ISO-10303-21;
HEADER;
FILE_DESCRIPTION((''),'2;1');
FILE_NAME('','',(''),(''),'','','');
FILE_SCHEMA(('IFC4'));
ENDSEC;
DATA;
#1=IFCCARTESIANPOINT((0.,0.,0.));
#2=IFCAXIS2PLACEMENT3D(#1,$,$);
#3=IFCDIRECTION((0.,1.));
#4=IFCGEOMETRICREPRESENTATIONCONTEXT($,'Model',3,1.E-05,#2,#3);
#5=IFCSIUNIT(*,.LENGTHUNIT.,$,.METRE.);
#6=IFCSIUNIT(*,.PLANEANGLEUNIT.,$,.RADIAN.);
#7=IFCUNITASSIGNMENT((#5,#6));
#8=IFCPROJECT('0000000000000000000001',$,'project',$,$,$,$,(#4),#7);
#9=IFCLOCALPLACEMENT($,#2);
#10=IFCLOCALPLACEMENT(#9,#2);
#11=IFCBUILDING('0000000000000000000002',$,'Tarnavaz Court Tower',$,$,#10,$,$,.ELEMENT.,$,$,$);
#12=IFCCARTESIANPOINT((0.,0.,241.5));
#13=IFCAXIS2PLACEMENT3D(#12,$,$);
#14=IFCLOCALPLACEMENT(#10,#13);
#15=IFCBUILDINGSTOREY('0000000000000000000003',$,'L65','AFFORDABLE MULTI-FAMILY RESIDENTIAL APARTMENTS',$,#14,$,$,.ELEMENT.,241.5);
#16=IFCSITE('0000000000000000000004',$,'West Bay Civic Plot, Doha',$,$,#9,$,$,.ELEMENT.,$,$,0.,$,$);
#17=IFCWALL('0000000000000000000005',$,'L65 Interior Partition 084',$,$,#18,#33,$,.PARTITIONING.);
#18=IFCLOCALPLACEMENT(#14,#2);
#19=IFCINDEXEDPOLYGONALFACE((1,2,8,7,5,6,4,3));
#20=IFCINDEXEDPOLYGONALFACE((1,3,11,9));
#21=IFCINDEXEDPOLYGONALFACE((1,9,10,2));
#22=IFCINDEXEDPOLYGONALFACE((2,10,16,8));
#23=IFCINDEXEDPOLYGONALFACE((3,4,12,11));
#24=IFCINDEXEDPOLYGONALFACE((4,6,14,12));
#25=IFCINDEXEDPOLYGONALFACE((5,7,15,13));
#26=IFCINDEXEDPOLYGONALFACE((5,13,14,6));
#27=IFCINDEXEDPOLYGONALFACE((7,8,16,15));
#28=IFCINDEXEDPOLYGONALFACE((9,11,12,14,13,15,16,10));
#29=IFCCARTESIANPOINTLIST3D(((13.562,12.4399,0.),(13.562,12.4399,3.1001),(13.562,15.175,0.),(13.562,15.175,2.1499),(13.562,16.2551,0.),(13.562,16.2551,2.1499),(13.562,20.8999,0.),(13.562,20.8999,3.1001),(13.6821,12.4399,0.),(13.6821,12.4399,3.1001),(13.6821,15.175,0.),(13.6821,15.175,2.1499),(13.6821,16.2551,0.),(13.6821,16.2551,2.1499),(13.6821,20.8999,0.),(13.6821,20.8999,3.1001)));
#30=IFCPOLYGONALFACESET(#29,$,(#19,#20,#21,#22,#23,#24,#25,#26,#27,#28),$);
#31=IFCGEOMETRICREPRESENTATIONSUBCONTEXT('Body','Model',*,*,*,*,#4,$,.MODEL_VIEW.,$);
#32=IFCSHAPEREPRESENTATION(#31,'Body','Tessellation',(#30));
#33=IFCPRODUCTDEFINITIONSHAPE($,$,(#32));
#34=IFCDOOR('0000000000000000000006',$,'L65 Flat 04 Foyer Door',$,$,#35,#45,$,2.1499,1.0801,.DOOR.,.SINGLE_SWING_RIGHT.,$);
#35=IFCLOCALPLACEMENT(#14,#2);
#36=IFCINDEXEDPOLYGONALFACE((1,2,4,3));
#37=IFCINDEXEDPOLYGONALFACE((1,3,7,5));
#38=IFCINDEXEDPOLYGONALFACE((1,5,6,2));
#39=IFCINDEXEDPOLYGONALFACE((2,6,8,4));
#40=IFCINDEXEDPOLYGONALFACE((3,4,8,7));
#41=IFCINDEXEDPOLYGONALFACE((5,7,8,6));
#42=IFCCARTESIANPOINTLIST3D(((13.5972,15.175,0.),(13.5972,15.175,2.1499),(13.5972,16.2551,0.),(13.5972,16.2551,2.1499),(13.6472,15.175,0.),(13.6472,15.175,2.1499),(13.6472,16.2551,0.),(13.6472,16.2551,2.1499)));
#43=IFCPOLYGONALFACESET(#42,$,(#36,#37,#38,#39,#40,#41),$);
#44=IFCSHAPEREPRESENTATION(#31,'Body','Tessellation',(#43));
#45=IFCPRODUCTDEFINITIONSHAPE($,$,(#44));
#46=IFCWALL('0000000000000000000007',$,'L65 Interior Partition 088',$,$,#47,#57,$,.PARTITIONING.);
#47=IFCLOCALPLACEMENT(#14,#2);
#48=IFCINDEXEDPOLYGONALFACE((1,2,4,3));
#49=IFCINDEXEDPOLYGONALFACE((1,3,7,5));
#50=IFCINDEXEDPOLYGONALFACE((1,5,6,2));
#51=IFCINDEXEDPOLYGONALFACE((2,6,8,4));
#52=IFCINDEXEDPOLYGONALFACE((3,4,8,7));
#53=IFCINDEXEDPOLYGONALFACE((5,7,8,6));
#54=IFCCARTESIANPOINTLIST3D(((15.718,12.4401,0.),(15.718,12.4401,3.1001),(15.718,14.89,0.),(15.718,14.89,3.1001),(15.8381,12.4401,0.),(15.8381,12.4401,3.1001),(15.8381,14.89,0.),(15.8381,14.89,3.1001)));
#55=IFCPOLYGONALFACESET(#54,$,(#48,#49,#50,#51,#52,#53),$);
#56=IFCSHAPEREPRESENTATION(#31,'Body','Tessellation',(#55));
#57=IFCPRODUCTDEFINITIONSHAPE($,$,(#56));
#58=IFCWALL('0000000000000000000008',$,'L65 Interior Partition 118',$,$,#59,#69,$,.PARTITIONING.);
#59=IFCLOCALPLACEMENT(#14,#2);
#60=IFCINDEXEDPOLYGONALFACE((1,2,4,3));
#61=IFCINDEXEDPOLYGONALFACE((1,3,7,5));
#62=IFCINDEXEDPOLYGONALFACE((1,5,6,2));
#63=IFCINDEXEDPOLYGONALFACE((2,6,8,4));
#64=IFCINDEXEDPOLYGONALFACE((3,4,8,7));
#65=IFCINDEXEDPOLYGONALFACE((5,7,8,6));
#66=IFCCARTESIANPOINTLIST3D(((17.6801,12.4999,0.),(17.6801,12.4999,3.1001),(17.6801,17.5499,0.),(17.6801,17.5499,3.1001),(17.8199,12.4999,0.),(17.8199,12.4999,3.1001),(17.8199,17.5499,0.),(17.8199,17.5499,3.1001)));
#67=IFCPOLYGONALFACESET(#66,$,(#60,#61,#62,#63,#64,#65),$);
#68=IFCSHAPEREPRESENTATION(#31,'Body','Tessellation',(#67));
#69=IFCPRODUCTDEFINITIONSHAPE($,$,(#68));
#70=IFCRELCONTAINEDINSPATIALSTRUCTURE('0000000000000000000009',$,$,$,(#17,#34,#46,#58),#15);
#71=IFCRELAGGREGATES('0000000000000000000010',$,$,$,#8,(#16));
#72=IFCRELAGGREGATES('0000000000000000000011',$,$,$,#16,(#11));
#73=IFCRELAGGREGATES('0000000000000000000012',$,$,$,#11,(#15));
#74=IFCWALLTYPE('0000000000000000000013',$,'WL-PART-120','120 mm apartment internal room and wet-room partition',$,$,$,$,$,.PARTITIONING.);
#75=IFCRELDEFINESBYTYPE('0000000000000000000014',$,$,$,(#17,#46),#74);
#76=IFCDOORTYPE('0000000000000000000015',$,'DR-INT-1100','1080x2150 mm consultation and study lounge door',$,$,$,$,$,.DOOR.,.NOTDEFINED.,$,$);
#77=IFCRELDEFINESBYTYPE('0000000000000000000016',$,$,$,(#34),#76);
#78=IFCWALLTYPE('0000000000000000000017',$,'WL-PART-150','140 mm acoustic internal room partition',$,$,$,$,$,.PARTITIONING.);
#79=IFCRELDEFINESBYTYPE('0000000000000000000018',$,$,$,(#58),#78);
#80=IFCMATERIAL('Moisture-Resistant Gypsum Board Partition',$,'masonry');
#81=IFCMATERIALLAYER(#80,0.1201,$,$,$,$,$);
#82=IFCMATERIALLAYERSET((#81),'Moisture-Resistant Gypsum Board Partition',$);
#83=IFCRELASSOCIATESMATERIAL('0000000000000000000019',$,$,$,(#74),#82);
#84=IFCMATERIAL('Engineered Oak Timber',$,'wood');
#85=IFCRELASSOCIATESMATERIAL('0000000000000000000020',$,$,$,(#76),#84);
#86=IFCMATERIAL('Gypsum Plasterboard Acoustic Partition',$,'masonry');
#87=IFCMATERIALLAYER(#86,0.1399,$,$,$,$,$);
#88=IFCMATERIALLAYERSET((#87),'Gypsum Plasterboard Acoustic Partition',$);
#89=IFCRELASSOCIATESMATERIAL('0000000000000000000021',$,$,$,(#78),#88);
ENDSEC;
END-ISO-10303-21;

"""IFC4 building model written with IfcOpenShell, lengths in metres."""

from ifc_helpers import new_model, si_unit, direction, frame, frame_2d, origin, place, context, subcontext, project, spatial, rectangle, extrude, material, layer, layer_set, type_object, element, fill, save


model = new_model("IFC4")

# Units and contexts
model_context = context("Model", 3, precision=1e-05, world=origin(), true_north=direction((0.0, 1.0)))
body_context = subcontext(model_context, "Body", "Model", "MODEL_VIEW")
ifc_project = project(units=[si_unit("LENGTHUNIT", "METRE"), si_unit("PLANEANGLEUNIT", "RADIAN")], contexts=[model_context])

# Site, building, storey
site_placement = place(None, origin())
site = spatial("IfcSite", under=ifc_project, at=site_placement, Name="West Bay Civic Plot, Doha", CompositionType="ELEMENT", RefElevation=0.0)
building_placement = place(site_placement, origin())
building = spatial("IfcBuilding", under=site, at=building_placement, Name="Tarnavaz Court Tower", CompositionType="ELEMENT")
storey_placement = place(building_placement, frame((0.0, 0.0, 241.5)))
storey = spatial("IfcBuildingStorey", under=building, at=storey_placement, Name="L65", Description="AFFORDABLE MULTI-FAMILY RESIDENTIAL APARTMENTS", CompositionType="ELEMENT", Elevation=241.5)

# Wall, opening, door
ifc_material_1 = material(Name="Engineered Oak Timber", Category="wood")
ifc_material_2 = material(Name="Moisture-Resistant Gypsum Board Partition", Category="masonry")
ifc_layer_1 = layer(ifc_material_2, 0.1201)
ifc_layer_set_1 = layer_set([ifc_layer_1], Name="Moisture-Resistant Gypsum Board Partition")
wall_type_1 = type_object("IfcWallType", Name="WL-PART-120", Description="120 mm apartment internal room and wet-room partition", PredefinedType="PARTITIONING", material=ifc_layer_set_1)
wall_1_placement = place(storey_placement, frame((13.6221, 12.4399, 0.0), z_axis=(0.0, 0.0, 1.0), x_axis=(0.0, 1.0, 0.0)))
wall_1 = element("IfcWall", 1, at=wall_1_placement, inside=storey, type_object=wall_type_1, Name="L65 Interior Partition 084", PredefinedType="PARTITIONING", context=body_context, shape_type="SweptSolid", body=[
    extrude(rectangle(XDim=8.46, YDim=0.1201, at=frame_2d((4.23, 0.0))), origin(), (0.0, 0.0, 1.0), 3.1001),
])
opening_1_placement = place(wall_1_placement, frame((2.7351, 0.0, 0.0)))
opening_1 = element("IfcOpeningElement", 2, at=opening_1_placement, cuts=wall_1, PredefinedType="OPENING", context=body_context, shape_type="SweptSolid", body=[
    extrude(rectangle(XDim=1.0801, YDim=2.1499, at=frame_2d((0.54, 1.075))), frame((0.0, 0.0701, 0.0), z_axis=(0.0, -1.0, 0.0), x_axis=(1.0, 0.0, 0.0)), (0.0, 0.0, 1.0), 0.1401),
])
door_type_1 = type_object("IfcDoorType", Name="DR-INT-1100", Description="1080x2150 mm consultation and study lounge door", OperationType="NOTDEFINED", PredefinedType="DOOR", material=ifc_material_1)
door_1_placement = place(opening_1_placement, origin())
door_1 = element("IfcDoor", 3, at=door_1_placement, inside=storey, type_object=door_type_1, Name="L65 Flat 04 Foyer Door", OperationType="SINGLE_SWING_RIGHT", OverallHeight=2.1499, OverallWidth=1.0801, PredefinedType="DOOR", context=body_context, shape_type="SweptSolid", body=[
    extrude(rectangle(XDim=1.0801, YDim=2.1499, at=frame_2d((0.54, 1.075))), frame((0.0, 0.0249, 0.0), z_axis=(0.0, -1.0, 0.0), x_axis=(1.0, 0.0, 0.0)), (0.0, 0.0, 1.0), 0.05),
])
fill(opening_1, door_1)

# Walls
wall_2_placement = place(storey_placement, frame((15.7781, 12.4399, 0.0), z_axis=(0.0, 0.0, 1.0), x_axis=(0.0, 1.0, 0.0)))
element("IfcWall", 4, at=wall_2_placement, inside=storey, type_object=wall_type_1, Name="L65 Interior Partition 088", PredefinedType="PARTITIONING", context=body_context, shape_type="SweptSolid", body=[
    extrude(rectangle(XDim=2.45, YDim=0.1201, at=frame_2d((1.2251, 0.0))), origin(), (0.0, 0.0, 1.0), 3.1001),
])
ifc_material_3 = material(Name="Gypsum Plasterboard Acoustic Partition", Category="masonry")
ifc_layer_2 = layer(ifc_material_3, 0.1399)
ifc_layer_set_2 = layer_set([ifc_layer_2], Name="Gypsum Plasterboard Acoustic Partition")
wall_type_2 = type_object("IfcWallType", Name="WL-PART-150", Description="140 mm acoustic internal room partition", PredefinedType="PARTITIONING", material=ifc_layer_set_2)
wall_3_placement = place(storey_placement, frame((17.75, 12.5, 0.0), z_axis=(0.0, 0.0, 1.0), x_axis=(0.0, 1.0, 0.0)))
element("IfcWall", 5, at=wall_3_placement, inside=storey, type_object=wall_type_2, Name="L65 Interior Partition 118", PredefinedType="PARTITIONING", context=body_context, shape_type="SweptSolid", body=[
    extrude(rectangle(XDim=5.05, YDim=0.1399, at=frame_2d((2.5249, 0.0))), origin(), (0.0, 0.0, 1.0), 3.1001),
])

save(model, "model.ifc")
